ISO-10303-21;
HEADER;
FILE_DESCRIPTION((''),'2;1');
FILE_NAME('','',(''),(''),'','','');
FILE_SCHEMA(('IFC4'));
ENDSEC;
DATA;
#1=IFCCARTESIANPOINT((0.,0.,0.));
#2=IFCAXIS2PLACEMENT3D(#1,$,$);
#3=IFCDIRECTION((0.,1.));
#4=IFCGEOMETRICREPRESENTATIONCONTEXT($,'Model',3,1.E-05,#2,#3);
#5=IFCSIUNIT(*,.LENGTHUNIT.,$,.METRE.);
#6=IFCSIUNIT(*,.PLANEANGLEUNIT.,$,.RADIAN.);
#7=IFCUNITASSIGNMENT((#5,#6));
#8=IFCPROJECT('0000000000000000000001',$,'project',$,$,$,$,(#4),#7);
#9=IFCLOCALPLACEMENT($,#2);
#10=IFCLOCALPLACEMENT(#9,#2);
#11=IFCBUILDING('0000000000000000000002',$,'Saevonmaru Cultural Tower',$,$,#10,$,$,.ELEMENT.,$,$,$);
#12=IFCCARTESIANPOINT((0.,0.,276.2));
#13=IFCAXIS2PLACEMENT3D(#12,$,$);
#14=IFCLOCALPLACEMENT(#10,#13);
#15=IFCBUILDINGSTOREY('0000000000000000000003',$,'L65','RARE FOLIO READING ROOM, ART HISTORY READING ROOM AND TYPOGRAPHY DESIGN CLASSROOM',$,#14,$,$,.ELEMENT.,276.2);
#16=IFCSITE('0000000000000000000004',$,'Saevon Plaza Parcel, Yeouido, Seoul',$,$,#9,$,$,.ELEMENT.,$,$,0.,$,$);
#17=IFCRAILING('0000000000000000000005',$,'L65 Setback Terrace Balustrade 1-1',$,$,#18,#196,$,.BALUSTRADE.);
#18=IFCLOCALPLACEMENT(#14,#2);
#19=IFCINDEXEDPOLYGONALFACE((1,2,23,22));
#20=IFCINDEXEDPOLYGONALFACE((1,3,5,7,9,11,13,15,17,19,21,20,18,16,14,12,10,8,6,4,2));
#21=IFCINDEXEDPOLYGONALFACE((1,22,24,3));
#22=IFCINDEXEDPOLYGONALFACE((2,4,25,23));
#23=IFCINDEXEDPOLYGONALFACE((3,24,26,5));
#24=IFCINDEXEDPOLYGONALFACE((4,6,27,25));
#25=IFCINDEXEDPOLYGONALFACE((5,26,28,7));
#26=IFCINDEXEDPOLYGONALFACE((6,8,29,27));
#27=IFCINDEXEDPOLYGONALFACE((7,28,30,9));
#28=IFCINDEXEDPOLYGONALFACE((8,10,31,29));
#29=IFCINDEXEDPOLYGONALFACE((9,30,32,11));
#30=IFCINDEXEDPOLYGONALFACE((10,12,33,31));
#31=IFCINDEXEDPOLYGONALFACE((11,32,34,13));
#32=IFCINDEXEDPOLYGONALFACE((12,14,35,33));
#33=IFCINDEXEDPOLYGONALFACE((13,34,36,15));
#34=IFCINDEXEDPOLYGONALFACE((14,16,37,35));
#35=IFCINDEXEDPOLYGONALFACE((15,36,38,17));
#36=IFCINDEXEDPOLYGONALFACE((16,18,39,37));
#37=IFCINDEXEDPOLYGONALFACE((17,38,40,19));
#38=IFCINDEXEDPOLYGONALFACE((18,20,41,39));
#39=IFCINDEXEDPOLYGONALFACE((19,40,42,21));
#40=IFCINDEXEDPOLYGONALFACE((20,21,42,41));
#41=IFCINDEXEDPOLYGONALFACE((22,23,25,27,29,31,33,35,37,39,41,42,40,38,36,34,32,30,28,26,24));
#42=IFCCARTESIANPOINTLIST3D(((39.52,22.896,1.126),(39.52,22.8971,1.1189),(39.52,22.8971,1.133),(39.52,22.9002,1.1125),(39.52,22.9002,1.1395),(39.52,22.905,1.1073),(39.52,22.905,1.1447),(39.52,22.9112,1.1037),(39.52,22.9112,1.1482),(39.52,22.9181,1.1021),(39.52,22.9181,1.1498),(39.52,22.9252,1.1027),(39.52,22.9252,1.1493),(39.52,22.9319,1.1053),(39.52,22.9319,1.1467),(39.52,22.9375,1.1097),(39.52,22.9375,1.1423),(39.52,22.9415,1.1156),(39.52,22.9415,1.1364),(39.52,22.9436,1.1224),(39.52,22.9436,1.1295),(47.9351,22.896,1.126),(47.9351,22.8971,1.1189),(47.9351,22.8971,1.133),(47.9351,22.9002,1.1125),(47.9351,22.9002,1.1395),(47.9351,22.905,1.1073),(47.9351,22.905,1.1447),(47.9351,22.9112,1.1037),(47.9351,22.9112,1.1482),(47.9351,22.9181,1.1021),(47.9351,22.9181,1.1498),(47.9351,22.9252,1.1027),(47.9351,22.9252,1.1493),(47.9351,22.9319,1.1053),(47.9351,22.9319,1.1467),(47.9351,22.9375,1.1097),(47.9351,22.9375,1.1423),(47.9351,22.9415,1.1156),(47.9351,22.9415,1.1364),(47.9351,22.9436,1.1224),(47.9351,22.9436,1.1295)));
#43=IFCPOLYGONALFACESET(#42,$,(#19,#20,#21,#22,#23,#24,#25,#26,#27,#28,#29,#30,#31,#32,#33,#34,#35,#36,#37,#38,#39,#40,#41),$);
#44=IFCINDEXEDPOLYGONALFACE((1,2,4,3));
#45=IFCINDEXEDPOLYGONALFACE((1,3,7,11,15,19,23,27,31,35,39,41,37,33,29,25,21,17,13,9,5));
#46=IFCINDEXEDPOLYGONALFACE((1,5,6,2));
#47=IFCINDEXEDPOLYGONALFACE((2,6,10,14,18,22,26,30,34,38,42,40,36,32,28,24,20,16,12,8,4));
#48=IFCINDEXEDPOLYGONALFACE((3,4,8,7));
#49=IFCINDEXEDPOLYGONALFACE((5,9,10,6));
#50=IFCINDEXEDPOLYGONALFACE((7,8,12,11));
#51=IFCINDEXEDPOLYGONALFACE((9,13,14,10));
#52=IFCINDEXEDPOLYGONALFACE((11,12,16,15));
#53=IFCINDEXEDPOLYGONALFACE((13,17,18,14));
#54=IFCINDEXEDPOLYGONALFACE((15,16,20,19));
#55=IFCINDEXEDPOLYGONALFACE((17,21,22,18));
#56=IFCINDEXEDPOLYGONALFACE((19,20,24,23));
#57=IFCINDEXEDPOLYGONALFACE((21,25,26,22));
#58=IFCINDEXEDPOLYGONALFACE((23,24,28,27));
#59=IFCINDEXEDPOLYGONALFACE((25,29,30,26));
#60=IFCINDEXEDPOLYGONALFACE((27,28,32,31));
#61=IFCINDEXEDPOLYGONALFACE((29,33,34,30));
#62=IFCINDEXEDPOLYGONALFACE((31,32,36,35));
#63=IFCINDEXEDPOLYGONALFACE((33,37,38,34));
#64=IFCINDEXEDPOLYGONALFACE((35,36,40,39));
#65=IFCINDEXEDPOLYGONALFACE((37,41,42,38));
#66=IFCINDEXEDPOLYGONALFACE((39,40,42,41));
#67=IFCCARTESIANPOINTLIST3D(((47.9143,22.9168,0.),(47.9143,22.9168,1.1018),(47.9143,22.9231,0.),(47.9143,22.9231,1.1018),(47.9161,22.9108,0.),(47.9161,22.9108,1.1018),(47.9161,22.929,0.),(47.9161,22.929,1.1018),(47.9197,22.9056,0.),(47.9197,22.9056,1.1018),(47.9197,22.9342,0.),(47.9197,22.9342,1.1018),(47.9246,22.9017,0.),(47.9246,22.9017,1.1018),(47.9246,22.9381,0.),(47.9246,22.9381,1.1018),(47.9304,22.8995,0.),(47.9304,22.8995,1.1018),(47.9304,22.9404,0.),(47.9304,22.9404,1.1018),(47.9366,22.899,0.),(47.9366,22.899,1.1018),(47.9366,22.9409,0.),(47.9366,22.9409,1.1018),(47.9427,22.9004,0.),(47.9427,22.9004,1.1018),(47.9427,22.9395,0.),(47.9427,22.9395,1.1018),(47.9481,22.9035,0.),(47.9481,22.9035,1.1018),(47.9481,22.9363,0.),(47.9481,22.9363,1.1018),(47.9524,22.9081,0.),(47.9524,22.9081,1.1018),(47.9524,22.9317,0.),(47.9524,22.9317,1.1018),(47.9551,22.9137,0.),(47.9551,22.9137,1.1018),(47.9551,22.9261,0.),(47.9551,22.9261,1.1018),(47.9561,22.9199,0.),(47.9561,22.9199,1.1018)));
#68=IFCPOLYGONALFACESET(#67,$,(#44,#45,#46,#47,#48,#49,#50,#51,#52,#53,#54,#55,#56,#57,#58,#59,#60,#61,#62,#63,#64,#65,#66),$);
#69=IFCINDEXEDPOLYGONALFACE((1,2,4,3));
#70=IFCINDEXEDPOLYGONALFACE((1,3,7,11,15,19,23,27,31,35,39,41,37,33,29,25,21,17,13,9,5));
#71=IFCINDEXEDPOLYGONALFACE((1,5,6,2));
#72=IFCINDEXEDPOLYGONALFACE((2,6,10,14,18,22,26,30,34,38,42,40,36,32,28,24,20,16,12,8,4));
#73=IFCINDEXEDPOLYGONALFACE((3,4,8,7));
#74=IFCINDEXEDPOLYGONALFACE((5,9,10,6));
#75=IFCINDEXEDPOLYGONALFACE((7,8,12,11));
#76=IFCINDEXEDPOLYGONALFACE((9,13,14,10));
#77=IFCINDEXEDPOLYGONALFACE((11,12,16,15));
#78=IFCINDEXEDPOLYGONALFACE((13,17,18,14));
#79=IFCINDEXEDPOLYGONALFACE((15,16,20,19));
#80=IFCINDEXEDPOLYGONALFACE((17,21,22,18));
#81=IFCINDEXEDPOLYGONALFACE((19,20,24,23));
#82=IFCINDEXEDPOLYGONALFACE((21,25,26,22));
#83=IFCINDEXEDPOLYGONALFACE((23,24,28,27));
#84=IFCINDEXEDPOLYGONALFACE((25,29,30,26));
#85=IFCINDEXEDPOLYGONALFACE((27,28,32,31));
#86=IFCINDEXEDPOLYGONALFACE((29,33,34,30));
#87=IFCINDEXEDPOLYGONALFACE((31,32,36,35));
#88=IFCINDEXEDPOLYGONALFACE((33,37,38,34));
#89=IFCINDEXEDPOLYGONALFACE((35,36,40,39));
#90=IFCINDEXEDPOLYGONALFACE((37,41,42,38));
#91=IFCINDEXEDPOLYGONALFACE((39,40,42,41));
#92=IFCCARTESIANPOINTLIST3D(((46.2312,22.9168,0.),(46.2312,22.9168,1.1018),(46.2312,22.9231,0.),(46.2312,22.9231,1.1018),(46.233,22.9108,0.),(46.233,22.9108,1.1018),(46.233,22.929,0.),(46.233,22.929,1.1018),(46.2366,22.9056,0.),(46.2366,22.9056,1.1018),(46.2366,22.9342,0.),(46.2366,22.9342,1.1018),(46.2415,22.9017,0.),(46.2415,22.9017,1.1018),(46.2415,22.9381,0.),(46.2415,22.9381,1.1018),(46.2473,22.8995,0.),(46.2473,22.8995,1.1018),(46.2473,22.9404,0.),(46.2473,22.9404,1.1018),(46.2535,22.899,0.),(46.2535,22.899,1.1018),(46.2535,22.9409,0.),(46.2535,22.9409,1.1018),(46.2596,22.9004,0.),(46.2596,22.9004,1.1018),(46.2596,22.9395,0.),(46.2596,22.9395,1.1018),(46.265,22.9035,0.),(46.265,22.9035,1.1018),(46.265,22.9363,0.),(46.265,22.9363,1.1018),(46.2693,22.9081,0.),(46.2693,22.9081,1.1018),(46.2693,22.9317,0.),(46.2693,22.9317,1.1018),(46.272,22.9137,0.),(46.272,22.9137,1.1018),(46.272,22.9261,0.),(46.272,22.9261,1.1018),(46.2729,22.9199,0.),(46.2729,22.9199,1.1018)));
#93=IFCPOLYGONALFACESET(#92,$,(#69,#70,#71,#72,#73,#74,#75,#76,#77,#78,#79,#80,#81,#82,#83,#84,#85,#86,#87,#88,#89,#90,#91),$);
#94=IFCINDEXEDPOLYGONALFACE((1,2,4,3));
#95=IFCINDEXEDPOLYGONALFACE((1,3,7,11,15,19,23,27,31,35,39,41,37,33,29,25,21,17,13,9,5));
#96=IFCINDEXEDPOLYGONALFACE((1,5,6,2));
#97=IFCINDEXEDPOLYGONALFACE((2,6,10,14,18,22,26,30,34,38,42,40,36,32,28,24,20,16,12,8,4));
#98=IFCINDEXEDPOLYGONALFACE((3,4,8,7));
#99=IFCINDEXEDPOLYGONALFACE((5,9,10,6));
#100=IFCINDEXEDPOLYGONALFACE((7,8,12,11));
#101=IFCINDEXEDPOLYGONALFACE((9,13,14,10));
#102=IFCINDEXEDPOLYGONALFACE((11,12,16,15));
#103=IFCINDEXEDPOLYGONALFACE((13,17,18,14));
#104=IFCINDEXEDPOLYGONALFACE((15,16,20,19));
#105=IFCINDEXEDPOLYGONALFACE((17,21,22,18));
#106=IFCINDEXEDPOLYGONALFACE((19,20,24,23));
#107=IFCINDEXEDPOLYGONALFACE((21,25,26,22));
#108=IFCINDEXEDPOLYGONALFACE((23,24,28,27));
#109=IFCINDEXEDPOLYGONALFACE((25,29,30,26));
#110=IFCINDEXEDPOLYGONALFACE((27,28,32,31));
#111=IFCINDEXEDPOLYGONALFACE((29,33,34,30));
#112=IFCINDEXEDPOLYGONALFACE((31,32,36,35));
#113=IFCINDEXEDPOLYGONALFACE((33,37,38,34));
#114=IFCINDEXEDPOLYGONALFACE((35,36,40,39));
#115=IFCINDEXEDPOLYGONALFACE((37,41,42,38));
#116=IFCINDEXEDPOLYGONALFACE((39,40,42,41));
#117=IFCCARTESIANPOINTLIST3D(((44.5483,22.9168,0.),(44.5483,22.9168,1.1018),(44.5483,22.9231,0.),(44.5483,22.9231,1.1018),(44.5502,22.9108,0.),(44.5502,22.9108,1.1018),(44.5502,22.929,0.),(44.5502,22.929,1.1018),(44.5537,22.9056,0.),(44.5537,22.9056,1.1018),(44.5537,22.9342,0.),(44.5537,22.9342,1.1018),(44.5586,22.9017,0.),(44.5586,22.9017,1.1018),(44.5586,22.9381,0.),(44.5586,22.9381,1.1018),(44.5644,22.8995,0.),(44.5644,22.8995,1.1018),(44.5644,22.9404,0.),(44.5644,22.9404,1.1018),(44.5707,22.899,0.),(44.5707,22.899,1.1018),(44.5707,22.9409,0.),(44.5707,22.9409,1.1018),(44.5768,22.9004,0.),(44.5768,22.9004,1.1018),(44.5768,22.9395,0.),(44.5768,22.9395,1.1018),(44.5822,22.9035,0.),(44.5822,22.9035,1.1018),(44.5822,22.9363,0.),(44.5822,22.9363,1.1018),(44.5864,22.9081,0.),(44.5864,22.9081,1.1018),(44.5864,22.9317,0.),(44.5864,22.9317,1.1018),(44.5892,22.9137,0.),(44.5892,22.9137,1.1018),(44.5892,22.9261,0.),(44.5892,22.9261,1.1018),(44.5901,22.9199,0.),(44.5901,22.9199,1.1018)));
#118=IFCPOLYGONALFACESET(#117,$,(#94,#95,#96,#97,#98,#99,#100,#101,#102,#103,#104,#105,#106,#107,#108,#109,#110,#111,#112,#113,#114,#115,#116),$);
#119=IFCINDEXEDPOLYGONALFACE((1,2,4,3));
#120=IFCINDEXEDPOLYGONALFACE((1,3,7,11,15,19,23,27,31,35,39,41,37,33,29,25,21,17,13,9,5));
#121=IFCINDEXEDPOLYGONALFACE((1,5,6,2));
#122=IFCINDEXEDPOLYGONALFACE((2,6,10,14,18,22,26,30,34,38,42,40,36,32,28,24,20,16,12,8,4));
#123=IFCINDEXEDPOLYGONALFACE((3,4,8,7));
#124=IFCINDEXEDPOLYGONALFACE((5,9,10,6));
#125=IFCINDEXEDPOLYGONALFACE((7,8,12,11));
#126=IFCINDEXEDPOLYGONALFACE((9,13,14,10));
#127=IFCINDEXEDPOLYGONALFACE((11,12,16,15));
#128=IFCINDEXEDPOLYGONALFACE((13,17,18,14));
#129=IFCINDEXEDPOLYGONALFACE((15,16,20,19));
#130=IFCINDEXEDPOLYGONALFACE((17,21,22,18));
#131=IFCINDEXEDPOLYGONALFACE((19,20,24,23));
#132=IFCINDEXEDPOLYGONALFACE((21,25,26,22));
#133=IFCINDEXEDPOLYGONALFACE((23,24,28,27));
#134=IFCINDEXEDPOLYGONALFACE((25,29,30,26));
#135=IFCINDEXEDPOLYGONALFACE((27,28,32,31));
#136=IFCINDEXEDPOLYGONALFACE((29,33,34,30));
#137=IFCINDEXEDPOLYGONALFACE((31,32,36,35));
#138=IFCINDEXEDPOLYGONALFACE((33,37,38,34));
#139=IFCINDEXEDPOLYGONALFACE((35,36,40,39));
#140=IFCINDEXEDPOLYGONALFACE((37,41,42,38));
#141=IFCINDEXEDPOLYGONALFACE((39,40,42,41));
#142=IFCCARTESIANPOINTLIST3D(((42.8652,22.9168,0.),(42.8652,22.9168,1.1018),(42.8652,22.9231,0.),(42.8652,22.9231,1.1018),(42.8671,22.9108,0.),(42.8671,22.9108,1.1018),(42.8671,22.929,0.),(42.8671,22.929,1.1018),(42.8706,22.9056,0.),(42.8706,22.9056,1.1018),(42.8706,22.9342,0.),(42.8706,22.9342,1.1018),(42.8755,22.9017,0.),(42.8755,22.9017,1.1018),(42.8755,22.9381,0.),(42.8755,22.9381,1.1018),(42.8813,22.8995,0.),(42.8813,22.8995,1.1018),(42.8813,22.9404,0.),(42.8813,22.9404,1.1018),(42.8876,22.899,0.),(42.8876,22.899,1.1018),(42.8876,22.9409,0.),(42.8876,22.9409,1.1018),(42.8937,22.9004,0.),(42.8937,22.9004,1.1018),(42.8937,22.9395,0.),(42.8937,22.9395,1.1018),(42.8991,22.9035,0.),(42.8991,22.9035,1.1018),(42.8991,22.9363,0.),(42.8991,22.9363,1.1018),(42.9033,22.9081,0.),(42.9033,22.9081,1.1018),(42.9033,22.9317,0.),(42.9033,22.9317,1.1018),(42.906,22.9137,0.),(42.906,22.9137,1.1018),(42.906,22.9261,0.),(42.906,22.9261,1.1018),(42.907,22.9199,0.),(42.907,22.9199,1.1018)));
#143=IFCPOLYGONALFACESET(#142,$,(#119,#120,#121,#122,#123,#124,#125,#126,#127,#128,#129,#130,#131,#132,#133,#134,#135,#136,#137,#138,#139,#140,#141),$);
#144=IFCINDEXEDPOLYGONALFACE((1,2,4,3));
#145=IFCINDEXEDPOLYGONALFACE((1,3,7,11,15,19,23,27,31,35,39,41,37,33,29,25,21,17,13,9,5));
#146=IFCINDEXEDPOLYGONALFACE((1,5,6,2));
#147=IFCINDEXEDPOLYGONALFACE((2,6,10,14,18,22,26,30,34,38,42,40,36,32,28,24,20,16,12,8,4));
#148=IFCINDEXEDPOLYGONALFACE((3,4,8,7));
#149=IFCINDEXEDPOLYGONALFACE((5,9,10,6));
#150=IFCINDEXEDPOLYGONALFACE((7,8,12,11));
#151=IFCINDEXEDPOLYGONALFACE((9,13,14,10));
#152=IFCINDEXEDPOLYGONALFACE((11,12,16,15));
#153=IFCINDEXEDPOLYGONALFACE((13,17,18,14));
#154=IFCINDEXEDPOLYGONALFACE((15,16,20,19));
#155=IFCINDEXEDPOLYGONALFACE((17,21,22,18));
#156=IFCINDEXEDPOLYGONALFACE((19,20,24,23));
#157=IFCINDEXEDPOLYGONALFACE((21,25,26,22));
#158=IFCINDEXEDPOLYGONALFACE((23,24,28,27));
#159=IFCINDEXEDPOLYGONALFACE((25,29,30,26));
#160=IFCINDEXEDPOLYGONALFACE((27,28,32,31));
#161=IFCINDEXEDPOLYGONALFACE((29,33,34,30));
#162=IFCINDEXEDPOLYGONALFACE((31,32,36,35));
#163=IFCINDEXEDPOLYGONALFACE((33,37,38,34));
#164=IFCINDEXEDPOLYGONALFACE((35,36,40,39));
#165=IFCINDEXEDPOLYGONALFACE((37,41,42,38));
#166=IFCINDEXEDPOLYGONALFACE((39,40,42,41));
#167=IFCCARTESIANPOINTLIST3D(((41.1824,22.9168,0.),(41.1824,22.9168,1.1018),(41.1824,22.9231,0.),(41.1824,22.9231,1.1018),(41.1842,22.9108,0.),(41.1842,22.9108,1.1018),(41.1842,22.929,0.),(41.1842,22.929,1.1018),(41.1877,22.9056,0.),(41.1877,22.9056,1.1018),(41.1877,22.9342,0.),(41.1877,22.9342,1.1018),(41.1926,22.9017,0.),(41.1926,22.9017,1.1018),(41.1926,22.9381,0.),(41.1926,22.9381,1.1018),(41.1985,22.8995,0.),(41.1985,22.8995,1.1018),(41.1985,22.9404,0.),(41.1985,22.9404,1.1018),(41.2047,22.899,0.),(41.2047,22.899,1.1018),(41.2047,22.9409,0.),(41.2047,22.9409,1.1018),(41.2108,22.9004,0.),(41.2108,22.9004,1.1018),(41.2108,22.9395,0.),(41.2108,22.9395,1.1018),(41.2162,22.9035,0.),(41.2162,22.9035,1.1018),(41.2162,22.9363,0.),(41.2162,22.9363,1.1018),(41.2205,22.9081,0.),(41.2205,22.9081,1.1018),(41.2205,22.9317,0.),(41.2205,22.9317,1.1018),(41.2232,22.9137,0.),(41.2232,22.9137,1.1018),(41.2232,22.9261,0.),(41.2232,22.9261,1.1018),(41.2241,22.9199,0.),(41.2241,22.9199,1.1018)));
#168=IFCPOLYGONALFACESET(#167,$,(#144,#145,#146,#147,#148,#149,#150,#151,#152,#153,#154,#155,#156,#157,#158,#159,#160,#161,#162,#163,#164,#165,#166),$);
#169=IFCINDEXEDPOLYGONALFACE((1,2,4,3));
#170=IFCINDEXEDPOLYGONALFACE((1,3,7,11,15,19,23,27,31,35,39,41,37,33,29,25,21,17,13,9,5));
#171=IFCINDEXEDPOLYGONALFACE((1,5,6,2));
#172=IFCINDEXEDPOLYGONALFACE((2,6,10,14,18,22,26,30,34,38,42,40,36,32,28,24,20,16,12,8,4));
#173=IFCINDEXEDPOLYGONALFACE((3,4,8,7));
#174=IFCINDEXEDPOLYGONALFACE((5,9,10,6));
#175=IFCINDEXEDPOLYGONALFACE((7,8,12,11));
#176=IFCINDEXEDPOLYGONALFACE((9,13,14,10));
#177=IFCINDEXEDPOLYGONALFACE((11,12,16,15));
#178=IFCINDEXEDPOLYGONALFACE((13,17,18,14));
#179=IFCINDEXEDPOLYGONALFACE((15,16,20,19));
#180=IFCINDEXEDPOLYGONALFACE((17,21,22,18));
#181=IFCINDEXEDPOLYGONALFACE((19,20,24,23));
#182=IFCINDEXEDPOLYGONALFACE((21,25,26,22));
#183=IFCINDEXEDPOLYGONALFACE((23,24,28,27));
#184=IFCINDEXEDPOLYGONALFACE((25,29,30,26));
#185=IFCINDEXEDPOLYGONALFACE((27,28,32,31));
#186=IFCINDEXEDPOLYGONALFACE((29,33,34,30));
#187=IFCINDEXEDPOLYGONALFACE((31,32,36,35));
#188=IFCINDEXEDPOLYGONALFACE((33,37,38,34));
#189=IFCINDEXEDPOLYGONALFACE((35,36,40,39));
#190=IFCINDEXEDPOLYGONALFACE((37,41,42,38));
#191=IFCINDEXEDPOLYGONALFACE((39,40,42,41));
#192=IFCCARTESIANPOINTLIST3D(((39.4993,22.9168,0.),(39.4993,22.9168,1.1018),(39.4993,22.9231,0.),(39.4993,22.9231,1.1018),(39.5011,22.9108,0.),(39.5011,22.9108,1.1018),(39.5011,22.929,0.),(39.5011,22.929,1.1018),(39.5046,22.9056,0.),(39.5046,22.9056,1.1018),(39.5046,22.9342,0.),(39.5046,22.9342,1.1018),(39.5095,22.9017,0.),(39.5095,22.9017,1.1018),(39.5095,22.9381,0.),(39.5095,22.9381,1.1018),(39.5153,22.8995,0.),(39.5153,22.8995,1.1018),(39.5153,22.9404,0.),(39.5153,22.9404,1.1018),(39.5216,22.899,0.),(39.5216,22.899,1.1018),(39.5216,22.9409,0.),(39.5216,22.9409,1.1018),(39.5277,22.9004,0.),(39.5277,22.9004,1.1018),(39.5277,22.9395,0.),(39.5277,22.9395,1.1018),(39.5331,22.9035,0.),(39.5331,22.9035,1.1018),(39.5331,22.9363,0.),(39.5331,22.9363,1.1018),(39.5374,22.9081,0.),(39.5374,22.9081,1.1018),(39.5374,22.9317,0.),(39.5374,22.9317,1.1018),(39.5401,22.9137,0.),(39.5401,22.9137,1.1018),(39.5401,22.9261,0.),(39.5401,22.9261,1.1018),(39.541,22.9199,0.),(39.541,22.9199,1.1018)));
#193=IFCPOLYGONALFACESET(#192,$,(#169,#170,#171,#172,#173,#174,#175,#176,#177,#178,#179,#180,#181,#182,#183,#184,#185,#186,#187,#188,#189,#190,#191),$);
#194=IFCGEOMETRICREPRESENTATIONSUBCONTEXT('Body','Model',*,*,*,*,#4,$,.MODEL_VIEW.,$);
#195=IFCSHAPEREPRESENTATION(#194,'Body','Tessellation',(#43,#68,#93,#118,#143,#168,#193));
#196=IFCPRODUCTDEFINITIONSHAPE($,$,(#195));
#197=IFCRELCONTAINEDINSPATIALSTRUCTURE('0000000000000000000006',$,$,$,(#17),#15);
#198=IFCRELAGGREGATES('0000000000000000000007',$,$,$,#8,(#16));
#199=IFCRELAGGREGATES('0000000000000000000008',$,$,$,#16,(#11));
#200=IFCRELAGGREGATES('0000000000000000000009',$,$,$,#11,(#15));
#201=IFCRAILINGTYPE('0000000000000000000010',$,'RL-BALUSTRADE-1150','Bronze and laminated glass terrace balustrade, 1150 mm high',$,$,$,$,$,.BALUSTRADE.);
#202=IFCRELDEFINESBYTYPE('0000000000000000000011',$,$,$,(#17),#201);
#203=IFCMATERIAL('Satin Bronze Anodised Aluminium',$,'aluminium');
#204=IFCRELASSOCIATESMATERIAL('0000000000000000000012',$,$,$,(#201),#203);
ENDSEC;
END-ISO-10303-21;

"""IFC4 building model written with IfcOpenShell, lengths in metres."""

from ifc_helpers import new_model, si_unit, direction, frame, origin, origin_2d, place, context, subcontext, project, spatial, circle, extrude, material, type_object, element, save


model = new_model("IFC4")

# Units and contexts
model_context = context("Model", 3, precision=1e-05, world=origin(), true_north=direction((0.0, 1.0)))
body_context = subcontext(model_context, "Body", "Model", "MODEL_VIEW")
ifc_project = project(units=[si_unit("LENGTHUNIT", "METRE"), si_unit("PLANEANGLEUNIT", "RADIAN")], contexts=[model_context])

# Site, building, storey
site_placement = place(None, origin())
site = spatial("IfcSite", under=ifc_project, at=site_placement, Name="Saevon Plaza Parcel, Yeouido, Seoul", CompositionType="ELEMENT", RefElevation=0.0)
building_placement = place(site_placement, origin())
building = spatial("IfcBuilding", under=site, at=building_placement, Name="Saevonmaru Cultural Tower", CompositionType="ELEMENT")
storey_placement = place(building_placement, frame((0.0, 0.0, 276.2)))
storey = spatial("IfcBuildingStorey", under=building, at=storey_placement, Name="L65", Description="RARE FOLIO READING ROOM, ART HISTORY READING ROOM AND TYPOGRAPHY DESIGN CLASSROOM", CompositionType="ELEMENT", Elevation=276.2)

# Shared definitions
ifc_material_1 = material(Name="Satin Bronze Anodised Aluminium", Category="aluminium")

# Railing
railing_type = type_object("IfcRailingType", Name="RL-BALUSTRADE-1150", Description="Bronze and laminated glass terrace balustrade, 1150 mm high", PredefinedType="BALUSTRADE", material=ifc_material_1)
railing_1_placement = place(storey_placement, frame((47.9351, 22.9199, 0.0)))
element("IfcRailing", 1, at=railing_1_placement, inside=storey, type_object=railing_type, Name="L65 Setback Terrace Balustrade 1-1", PredefinedType="BALUSTRADE", context=body_context, shape_type="SweptSolid", body=[
    extrude(circle(Radius=0.0239, at=origin_2d()), frame((0.0, 0.0, 1.126), z_axis=(-1.0, 0.0, 0.0), x_axis=(0.0, -1.0, 0.0)), (0.0, 0.0, 1.0), 8.415),
    extrude(circle(Radius=0.021, at=origin_2d()), origin(), (0.0, 0.0, 1.0), 1.1018),
    extrude(circle(Radius=0.021, at=origin_2d()), frame((-1.6831, 0.0, 0.0)), (0.0, 0.0, 1.0), 1.1018),
    extrude(circle(Radius=0.021, at=origin_2d()), frame((-3.366, 0.0, 0.0)), (0.0, 0.0, 1.0), 1.1018),
    extrude(circle(Radius=0.021, at=origin_2d()), frame((-5.0491, 0.0, 0.0)), (0.0, 0.0, 1.0), 1.1018),
    extrude(circle(Radius=0.021, at=origin_2d()), frame((-6.7319, 0.0, 0.0)), (0.0, 0.0, 1.0), 1.1018),
    extrude(circle(Radius=0.021, at=origin_2d()), frame((-8.415, 0.0, 0.0)), (0.0, 0.0, 1.0), 1.1018),
])

save(model, "model.ifc")
